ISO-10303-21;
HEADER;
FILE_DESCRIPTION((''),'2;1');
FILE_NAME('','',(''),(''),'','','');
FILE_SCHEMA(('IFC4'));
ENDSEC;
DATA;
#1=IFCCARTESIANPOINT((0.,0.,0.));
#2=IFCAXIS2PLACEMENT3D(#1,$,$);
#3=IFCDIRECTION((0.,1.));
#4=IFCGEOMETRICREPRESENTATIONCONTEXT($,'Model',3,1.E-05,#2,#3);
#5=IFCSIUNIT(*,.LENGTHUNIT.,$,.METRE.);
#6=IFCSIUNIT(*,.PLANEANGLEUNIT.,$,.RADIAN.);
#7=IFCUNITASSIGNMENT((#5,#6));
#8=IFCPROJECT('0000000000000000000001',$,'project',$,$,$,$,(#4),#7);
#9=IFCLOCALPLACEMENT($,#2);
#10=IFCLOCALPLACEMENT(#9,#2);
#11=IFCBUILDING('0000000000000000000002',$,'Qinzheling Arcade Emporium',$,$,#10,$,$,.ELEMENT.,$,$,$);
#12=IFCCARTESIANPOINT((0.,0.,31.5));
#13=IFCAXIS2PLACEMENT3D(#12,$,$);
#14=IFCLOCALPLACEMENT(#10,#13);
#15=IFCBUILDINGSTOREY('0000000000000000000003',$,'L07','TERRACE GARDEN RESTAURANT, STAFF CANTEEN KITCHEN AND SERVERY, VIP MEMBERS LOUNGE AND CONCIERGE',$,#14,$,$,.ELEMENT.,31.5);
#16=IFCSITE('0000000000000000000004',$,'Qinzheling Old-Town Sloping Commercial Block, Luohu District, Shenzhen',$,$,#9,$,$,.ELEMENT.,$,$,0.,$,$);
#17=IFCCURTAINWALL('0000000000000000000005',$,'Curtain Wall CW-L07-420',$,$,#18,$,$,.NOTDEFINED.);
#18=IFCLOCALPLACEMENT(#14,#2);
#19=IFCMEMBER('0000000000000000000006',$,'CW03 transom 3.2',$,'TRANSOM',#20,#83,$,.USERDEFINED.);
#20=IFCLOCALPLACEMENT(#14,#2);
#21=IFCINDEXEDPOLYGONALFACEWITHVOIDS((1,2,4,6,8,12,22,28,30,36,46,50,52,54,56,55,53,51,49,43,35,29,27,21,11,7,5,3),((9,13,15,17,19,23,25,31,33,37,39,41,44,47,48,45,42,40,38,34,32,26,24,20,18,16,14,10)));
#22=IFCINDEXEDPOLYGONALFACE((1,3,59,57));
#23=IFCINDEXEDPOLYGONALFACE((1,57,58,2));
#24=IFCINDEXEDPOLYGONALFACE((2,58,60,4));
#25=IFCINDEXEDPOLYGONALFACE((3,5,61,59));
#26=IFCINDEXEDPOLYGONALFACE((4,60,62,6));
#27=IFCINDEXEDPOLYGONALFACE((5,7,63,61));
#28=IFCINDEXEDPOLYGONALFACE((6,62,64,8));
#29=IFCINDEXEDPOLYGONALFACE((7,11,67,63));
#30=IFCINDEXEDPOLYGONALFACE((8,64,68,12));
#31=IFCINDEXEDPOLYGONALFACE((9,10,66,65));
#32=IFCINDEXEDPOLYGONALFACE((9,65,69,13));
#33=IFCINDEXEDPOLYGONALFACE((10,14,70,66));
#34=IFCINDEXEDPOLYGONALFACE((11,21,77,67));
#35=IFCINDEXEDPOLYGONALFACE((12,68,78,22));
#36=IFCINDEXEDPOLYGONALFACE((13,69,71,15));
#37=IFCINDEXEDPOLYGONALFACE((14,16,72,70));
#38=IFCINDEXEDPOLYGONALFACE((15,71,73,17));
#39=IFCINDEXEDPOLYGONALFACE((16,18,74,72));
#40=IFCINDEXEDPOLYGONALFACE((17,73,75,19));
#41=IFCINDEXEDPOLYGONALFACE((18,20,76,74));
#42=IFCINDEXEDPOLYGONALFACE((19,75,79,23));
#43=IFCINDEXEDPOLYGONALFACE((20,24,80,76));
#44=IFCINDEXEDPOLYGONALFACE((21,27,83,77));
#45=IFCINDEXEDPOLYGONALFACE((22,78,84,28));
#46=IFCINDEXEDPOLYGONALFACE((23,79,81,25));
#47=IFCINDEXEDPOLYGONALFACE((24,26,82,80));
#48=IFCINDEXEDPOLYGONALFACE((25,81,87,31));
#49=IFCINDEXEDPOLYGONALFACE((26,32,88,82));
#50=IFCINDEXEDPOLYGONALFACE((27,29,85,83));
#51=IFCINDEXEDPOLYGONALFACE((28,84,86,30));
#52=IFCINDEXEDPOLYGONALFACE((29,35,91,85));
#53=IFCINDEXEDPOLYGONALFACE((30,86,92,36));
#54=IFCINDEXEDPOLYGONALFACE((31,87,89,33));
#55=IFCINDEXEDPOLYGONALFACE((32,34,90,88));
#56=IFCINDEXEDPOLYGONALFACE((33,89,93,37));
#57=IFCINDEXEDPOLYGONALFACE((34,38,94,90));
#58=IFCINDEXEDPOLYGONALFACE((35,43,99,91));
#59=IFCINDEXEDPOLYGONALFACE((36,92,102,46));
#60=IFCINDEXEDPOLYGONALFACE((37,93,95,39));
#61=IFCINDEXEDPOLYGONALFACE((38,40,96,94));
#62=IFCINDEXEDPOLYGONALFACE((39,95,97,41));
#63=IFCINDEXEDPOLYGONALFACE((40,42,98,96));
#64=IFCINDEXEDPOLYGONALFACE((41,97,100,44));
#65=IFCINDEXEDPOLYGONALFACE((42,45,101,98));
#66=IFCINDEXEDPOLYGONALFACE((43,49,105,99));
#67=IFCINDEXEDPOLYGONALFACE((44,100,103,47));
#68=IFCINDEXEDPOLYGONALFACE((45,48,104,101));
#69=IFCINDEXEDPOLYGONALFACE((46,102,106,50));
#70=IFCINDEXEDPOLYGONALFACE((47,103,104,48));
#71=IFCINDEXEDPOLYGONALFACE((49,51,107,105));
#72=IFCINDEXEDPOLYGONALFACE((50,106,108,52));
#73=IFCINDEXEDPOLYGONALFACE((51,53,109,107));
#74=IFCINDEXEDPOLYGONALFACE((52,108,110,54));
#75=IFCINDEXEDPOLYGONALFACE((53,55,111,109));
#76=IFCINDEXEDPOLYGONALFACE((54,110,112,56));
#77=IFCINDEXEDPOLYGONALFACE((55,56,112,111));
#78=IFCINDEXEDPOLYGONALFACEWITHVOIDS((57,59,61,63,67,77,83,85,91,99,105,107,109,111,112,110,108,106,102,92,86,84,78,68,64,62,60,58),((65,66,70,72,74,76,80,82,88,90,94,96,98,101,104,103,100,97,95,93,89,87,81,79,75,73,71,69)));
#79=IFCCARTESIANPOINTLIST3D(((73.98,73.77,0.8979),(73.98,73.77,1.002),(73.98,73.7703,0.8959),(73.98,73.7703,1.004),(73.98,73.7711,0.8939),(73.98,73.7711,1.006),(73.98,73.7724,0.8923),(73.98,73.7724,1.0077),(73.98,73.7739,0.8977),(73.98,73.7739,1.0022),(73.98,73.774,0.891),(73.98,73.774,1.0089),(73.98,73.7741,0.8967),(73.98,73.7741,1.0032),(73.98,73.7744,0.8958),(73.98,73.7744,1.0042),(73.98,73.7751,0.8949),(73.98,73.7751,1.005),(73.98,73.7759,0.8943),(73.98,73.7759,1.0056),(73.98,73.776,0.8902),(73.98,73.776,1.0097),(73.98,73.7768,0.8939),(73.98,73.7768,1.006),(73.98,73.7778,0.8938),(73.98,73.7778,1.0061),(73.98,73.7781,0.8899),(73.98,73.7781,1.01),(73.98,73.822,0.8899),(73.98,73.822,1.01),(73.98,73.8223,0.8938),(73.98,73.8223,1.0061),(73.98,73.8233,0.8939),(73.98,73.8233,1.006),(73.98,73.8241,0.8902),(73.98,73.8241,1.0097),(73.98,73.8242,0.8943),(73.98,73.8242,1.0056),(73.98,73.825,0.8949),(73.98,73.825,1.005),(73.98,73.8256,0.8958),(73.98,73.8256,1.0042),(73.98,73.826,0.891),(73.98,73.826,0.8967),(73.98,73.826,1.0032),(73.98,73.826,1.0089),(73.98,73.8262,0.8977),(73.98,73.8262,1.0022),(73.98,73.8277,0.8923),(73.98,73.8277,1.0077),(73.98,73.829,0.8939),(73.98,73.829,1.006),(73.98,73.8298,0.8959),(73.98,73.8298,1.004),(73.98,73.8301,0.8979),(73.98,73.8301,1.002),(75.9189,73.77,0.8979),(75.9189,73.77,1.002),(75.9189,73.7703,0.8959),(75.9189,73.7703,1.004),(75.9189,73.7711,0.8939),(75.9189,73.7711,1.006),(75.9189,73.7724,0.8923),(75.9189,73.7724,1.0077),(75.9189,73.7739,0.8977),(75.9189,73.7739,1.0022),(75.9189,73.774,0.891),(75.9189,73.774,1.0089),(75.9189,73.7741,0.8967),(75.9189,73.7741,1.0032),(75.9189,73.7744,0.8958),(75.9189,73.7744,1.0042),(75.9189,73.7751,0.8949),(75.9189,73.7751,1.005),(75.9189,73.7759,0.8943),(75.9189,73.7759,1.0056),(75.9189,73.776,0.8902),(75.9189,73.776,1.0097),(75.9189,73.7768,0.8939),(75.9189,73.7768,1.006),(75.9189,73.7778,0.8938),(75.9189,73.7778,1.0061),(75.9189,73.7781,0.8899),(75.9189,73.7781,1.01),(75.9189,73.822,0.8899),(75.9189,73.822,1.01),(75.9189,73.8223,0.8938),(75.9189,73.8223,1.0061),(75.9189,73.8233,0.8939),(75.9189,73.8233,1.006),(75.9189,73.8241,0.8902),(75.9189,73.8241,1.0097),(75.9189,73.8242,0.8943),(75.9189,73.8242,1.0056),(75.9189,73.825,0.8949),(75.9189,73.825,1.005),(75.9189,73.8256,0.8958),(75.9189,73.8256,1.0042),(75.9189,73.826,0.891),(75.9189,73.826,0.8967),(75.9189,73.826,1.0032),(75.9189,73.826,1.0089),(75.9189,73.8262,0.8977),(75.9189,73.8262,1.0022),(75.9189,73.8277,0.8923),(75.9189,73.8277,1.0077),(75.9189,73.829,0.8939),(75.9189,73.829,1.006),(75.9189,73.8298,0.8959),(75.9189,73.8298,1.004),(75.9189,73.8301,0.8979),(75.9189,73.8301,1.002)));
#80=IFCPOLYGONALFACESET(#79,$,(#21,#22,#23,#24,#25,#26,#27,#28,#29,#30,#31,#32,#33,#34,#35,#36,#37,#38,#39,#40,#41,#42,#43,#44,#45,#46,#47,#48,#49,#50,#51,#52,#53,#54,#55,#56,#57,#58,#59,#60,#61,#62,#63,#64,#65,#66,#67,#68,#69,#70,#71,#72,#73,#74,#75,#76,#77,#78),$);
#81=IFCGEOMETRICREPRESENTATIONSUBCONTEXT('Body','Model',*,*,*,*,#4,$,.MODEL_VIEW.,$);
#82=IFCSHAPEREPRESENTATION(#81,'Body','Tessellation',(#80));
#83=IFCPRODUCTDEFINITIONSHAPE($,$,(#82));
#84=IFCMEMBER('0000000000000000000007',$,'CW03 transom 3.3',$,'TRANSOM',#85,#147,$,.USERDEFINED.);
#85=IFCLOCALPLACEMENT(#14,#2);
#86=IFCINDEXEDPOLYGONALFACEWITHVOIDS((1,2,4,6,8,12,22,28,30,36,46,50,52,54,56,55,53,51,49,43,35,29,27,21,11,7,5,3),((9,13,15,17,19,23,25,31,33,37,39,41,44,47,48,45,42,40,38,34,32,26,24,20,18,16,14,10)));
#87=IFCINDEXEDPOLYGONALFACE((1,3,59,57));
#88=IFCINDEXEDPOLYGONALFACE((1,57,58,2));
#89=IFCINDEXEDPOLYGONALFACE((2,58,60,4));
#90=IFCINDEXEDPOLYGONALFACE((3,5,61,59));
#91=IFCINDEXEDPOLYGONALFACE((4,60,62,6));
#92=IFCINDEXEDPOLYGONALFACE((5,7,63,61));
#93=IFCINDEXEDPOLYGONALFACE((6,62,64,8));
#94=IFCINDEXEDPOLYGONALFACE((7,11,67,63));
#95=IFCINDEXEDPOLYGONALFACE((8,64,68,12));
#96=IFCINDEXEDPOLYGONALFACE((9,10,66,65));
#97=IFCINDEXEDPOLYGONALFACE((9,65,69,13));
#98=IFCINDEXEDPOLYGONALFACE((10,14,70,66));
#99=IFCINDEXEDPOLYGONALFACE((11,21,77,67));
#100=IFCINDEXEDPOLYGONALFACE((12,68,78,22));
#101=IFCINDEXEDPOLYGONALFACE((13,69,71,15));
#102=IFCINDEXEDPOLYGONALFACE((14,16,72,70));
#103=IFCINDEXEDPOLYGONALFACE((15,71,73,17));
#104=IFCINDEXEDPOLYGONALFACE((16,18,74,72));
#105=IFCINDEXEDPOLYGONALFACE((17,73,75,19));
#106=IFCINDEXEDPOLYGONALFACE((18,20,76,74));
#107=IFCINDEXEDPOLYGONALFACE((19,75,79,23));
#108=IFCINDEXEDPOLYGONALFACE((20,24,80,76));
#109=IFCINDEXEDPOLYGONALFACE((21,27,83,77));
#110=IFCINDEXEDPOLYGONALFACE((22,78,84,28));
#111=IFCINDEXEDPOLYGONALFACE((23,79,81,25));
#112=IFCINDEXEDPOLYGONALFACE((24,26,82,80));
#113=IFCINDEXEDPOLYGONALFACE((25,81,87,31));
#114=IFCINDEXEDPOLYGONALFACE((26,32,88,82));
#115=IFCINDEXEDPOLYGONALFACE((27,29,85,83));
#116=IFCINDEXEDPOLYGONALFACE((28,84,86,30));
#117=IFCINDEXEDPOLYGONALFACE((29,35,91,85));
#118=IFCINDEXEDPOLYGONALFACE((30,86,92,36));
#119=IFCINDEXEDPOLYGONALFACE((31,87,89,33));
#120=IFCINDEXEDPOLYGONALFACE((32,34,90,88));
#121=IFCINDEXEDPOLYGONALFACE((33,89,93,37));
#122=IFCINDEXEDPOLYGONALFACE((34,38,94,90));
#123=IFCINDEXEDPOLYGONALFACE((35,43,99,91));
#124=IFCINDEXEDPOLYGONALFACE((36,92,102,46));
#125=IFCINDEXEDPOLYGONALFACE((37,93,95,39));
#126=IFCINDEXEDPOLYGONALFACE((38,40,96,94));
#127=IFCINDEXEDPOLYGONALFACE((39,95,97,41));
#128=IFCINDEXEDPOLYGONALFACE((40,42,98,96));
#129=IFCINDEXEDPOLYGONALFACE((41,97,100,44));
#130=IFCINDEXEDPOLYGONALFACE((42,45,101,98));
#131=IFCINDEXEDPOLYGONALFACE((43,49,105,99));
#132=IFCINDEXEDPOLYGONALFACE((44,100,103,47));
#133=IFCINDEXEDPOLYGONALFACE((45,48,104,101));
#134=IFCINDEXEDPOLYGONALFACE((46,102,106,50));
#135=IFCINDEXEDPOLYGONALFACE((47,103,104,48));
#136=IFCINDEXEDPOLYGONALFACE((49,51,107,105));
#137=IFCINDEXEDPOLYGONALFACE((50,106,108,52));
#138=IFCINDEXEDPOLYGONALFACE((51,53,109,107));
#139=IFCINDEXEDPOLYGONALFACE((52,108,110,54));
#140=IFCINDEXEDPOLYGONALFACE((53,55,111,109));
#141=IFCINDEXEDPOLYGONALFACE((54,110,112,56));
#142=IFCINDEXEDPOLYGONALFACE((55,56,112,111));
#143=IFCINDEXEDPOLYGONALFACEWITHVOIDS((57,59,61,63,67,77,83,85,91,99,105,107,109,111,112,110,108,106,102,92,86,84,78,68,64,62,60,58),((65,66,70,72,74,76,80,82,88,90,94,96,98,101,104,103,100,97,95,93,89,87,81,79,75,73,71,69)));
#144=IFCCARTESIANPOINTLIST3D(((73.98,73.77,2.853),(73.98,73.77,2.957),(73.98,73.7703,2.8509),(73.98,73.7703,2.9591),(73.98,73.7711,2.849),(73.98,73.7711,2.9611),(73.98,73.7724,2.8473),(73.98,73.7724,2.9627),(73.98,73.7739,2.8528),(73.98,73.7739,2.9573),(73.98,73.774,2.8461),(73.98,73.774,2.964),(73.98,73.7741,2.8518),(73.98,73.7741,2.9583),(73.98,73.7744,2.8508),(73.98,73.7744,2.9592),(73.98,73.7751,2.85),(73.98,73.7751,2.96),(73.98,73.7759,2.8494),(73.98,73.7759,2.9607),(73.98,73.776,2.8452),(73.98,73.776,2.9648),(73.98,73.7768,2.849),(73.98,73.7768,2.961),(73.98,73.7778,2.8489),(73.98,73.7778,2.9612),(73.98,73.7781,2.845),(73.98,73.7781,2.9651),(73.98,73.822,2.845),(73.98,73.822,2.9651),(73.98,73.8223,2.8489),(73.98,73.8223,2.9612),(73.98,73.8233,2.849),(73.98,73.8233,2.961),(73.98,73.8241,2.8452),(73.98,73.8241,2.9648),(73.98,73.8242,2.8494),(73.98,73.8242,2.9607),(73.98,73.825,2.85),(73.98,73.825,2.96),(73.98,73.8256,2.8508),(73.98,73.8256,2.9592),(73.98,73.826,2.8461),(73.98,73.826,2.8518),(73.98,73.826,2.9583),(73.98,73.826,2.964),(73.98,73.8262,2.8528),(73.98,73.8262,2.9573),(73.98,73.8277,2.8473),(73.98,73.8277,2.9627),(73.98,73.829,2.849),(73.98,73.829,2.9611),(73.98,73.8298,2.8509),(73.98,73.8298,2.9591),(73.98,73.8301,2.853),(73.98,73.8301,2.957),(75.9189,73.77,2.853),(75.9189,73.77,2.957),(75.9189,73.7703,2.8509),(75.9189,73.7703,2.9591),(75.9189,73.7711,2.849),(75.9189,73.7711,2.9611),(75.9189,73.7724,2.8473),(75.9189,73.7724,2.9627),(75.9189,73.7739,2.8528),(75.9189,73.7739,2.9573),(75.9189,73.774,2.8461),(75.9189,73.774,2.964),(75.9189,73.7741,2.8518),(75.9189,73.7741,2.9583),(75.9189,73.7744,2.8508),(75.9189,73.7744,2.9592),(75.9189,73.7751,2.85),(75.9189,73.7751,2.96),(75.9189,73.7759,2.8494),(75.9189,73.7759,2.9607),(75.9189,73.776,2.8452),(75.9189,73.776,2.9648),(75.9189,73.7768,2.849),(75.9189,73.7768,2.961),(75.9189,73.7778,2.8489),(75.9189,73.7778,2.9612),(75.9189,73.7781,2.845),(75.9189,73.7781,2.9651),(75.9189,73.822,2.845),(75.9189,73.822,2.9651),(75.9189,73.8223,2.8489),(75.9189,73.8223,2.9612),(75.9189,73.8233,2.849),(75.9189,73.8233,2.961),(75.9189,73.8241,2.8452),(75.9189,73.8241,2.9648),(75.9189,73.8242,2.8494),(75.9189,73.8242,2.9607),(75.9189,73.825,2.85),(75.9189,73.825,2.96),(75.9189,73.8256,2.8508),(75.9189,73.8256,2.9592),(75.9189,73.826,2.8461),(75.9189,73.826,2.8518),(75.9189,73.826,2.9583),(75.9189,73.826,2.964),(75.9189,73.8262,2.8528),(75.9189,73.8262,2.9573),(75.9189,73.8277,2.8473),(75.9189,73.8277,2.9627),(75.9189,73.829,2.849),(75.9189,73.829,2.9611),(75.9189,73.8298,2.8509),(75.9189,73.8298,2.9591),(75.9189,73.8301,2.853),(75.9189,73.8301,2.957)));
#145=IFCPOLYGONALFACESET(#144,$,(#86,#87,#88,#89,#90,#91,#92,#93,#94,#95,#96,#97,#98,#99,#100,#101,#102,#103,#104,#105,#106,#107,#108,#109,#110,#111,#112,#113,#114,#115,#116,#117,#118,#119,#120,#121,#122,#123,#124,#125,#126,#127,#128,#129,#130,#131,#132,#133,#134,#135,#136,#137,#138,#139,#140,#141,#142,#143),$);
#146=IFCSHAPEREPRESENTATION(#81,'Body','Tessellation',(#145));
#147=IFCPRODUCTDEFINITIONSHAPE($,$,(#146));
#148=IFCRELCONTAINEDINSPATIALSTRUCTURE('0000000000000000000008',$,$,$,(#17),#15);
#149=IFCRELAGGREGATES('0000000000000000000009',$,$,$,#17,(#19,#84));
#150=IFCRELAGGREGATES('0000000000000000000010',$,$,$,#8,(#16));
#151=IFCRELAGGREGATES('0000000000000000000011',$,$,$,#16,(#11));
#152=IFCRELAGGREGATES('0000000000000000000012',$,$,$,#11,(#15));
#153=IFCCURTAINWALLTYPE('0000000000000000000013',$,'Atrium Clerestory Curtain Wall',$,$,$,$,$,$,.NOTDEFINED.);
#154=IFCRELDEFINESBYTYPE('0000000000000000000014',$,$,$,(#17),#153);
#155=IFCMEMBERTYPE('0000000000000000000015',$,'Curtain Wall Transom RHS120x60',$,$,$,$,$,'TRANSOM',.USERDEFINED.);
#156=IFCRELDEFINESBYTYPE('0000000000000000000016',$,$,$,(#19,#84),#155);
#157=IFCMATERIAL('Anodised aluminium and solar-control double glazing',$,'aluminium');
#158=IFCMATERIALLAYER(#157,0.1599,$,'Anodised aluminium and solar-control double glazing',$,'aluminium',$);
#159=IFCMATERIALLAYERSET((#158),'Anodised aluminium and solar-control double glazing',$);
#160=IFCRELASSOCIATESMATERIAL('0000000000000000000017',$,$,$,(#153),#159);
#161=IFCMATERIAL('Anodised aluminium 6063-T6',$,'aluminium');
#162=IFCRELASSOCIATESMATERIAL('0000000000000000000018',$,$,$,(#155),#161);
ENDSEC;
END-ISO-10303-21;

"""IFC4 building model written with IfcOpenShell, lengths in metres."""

from ifc_helpers import new_model, si_unit, direction, frame, origin, origin_2d, place, context, subcontext, project, spatial, hollow_rectangle, extrude, material, layer, layer_set, material_profile, profile_set, type_object, element, aggregate, save


model = new_model("IFC4")

# Units and contexts
model_context = context("Model", 3, precision=1e-05, world=origin(), true_north=direction((0.0, 1.0)))
body_context = subcontext(model_context, "Body", "Model", "MODEL_VIEW")
ifc_project = project(units=[si_unit("LENGTHUNIT", "METRE"), si_unit("PLANEANGLEUNIT", "RADIAN")], contexts=[model_context])

# Site, building, storey
site_placement = place(None, origin())
site = spatial("IfcSite", under=ifc_project, at=site_placement, Name="Qinzheling Old-Town Sloping Commercial Block, Luohu District, Shenzhen", CompositionType="ELEMENT", RefElevation=0.0)
building_placement = place(site_placement, origin())
building = spatial("IfcBuilding", under=site, at=building_placement, Name="Qinzheling Arcade Emporium", CompositionType="ELEMENT")
storey_placement = place(building_placement, frame((0.0, 0.0, 31.5)))
storey = spatial("IfcBuildingStorey", under=building, at=storey_placement, Name="L07", Description="TERRACE GARDEN RESTAURANT, STAFF CANTEEN KITCHEN AND SERVERY, VIP MEMBERS LOUNGE AND CONCIERGE", CompositionType="ELEMENT", Elevation=31.5)

# Curtain wall
ifc_material_1 = material(Name="Anodised aluminium and solar-control double glazing", Category="aluminium")
ifc_layer_1 = layer(ifc_material_1, 0.1599, Name="Anodised aluminium and solar-control double glazing", Category="aluminium")
ifc_layer_set_1 = layer_set([ifc_layer_1], Name="Anodised aluminium and solar-control double glazing")
curtain_wall_type = type_object("IfcCurtainWallType", Name="Atrium Clerestory Curtain Wall", PredefinedType="NOTDEFINED", material=ifc_layer_set_1)
curtain_wall_1_placement = place(storey_placement, origin())
curtain_wall_1 = element("IfcCurtainWall", 1, at=curtain_wall_1_placement, inside=storey, type_object=curtain_wall_type, Name="Curtain Wall CW-L07-420", PredefinedType="NOTDEFINED")
ifc_material_2 = material(Name="Anodised aluminium 6063-T6", Category="aluminium")

# Members
ifc_material_profile_1 = material_profile(ifc_material_2, hollow_rectangle(XDim=0.0601, YDim=0.1201, WallThickness=0.0039, InnerFilletRadius=0.0039, OuterFilletRadius=0.0081, at=origin_2d()), Name="RHS 120x60x4", Category="aluminium")
ifc_profile_set_1 = profile_set([ifc_material_profile_1], Name="Anodised aluminium 6063-T6")
member_type_1 = type_object("IfcMemberType", Name="Curtain Wall Transom RHS120x60", ElementType="TRANSOM", PredefinedType="USERDEFINED", material=ifc_profile_set_1)
member_1_placement = place(storey_placement, frame((73.98, 73.8, 0.95), z_axis=(1.0, 0.0, 0.0), x_axis=(0.0, 1.0, 0.0)))
member_1 = element("IfcMember", 2, at=member_1_placement, type_object=member_type_1, Name="CW03 transom 3.2", ObjectType="TRANSOM", PredefinedType="USERDEFINED", context=body_context, shape_type="SweptSolid", body=[
    extrude(hollow_rectangle(XDim=0.0601, YDim=0.1201, WallThickness=0.0039, InnerFilletRadius=0.0039, OuterFilletRadius=0.0081, at=origin_2d()), origin(), (0.0, 0.0, 1.0), 1.939),
])
member_2_placement = place(storey_placement, frame((73.98, 73.8, 2.905), z_axis=(1.0, 0.0, 0.0), x_axis=(0.0, 1.0, 0.0)))
member_2 = element("IfcMember", 3, at=member_2_placement, type_object=member_type_1, Name="CW03 transom 3.3", ObjectType="TRANSOM", PredefinedType="USERDEFINED", context=body_context, shape_type="SweptSolid", body=[
    extrude(hollow_rectangle(XDim=0.0601, YDim=0.1201, WallThickness=0.0039, InnerFilletRadius=0.0039, OuterFilletRadius=0.0081, at=origin_2d()), origin(), (0.0, 0.0, 1.0), 1.939),
])

aggregate(curtain_wall_1, [member_1, member_2])

save(model, "model.ifc")
